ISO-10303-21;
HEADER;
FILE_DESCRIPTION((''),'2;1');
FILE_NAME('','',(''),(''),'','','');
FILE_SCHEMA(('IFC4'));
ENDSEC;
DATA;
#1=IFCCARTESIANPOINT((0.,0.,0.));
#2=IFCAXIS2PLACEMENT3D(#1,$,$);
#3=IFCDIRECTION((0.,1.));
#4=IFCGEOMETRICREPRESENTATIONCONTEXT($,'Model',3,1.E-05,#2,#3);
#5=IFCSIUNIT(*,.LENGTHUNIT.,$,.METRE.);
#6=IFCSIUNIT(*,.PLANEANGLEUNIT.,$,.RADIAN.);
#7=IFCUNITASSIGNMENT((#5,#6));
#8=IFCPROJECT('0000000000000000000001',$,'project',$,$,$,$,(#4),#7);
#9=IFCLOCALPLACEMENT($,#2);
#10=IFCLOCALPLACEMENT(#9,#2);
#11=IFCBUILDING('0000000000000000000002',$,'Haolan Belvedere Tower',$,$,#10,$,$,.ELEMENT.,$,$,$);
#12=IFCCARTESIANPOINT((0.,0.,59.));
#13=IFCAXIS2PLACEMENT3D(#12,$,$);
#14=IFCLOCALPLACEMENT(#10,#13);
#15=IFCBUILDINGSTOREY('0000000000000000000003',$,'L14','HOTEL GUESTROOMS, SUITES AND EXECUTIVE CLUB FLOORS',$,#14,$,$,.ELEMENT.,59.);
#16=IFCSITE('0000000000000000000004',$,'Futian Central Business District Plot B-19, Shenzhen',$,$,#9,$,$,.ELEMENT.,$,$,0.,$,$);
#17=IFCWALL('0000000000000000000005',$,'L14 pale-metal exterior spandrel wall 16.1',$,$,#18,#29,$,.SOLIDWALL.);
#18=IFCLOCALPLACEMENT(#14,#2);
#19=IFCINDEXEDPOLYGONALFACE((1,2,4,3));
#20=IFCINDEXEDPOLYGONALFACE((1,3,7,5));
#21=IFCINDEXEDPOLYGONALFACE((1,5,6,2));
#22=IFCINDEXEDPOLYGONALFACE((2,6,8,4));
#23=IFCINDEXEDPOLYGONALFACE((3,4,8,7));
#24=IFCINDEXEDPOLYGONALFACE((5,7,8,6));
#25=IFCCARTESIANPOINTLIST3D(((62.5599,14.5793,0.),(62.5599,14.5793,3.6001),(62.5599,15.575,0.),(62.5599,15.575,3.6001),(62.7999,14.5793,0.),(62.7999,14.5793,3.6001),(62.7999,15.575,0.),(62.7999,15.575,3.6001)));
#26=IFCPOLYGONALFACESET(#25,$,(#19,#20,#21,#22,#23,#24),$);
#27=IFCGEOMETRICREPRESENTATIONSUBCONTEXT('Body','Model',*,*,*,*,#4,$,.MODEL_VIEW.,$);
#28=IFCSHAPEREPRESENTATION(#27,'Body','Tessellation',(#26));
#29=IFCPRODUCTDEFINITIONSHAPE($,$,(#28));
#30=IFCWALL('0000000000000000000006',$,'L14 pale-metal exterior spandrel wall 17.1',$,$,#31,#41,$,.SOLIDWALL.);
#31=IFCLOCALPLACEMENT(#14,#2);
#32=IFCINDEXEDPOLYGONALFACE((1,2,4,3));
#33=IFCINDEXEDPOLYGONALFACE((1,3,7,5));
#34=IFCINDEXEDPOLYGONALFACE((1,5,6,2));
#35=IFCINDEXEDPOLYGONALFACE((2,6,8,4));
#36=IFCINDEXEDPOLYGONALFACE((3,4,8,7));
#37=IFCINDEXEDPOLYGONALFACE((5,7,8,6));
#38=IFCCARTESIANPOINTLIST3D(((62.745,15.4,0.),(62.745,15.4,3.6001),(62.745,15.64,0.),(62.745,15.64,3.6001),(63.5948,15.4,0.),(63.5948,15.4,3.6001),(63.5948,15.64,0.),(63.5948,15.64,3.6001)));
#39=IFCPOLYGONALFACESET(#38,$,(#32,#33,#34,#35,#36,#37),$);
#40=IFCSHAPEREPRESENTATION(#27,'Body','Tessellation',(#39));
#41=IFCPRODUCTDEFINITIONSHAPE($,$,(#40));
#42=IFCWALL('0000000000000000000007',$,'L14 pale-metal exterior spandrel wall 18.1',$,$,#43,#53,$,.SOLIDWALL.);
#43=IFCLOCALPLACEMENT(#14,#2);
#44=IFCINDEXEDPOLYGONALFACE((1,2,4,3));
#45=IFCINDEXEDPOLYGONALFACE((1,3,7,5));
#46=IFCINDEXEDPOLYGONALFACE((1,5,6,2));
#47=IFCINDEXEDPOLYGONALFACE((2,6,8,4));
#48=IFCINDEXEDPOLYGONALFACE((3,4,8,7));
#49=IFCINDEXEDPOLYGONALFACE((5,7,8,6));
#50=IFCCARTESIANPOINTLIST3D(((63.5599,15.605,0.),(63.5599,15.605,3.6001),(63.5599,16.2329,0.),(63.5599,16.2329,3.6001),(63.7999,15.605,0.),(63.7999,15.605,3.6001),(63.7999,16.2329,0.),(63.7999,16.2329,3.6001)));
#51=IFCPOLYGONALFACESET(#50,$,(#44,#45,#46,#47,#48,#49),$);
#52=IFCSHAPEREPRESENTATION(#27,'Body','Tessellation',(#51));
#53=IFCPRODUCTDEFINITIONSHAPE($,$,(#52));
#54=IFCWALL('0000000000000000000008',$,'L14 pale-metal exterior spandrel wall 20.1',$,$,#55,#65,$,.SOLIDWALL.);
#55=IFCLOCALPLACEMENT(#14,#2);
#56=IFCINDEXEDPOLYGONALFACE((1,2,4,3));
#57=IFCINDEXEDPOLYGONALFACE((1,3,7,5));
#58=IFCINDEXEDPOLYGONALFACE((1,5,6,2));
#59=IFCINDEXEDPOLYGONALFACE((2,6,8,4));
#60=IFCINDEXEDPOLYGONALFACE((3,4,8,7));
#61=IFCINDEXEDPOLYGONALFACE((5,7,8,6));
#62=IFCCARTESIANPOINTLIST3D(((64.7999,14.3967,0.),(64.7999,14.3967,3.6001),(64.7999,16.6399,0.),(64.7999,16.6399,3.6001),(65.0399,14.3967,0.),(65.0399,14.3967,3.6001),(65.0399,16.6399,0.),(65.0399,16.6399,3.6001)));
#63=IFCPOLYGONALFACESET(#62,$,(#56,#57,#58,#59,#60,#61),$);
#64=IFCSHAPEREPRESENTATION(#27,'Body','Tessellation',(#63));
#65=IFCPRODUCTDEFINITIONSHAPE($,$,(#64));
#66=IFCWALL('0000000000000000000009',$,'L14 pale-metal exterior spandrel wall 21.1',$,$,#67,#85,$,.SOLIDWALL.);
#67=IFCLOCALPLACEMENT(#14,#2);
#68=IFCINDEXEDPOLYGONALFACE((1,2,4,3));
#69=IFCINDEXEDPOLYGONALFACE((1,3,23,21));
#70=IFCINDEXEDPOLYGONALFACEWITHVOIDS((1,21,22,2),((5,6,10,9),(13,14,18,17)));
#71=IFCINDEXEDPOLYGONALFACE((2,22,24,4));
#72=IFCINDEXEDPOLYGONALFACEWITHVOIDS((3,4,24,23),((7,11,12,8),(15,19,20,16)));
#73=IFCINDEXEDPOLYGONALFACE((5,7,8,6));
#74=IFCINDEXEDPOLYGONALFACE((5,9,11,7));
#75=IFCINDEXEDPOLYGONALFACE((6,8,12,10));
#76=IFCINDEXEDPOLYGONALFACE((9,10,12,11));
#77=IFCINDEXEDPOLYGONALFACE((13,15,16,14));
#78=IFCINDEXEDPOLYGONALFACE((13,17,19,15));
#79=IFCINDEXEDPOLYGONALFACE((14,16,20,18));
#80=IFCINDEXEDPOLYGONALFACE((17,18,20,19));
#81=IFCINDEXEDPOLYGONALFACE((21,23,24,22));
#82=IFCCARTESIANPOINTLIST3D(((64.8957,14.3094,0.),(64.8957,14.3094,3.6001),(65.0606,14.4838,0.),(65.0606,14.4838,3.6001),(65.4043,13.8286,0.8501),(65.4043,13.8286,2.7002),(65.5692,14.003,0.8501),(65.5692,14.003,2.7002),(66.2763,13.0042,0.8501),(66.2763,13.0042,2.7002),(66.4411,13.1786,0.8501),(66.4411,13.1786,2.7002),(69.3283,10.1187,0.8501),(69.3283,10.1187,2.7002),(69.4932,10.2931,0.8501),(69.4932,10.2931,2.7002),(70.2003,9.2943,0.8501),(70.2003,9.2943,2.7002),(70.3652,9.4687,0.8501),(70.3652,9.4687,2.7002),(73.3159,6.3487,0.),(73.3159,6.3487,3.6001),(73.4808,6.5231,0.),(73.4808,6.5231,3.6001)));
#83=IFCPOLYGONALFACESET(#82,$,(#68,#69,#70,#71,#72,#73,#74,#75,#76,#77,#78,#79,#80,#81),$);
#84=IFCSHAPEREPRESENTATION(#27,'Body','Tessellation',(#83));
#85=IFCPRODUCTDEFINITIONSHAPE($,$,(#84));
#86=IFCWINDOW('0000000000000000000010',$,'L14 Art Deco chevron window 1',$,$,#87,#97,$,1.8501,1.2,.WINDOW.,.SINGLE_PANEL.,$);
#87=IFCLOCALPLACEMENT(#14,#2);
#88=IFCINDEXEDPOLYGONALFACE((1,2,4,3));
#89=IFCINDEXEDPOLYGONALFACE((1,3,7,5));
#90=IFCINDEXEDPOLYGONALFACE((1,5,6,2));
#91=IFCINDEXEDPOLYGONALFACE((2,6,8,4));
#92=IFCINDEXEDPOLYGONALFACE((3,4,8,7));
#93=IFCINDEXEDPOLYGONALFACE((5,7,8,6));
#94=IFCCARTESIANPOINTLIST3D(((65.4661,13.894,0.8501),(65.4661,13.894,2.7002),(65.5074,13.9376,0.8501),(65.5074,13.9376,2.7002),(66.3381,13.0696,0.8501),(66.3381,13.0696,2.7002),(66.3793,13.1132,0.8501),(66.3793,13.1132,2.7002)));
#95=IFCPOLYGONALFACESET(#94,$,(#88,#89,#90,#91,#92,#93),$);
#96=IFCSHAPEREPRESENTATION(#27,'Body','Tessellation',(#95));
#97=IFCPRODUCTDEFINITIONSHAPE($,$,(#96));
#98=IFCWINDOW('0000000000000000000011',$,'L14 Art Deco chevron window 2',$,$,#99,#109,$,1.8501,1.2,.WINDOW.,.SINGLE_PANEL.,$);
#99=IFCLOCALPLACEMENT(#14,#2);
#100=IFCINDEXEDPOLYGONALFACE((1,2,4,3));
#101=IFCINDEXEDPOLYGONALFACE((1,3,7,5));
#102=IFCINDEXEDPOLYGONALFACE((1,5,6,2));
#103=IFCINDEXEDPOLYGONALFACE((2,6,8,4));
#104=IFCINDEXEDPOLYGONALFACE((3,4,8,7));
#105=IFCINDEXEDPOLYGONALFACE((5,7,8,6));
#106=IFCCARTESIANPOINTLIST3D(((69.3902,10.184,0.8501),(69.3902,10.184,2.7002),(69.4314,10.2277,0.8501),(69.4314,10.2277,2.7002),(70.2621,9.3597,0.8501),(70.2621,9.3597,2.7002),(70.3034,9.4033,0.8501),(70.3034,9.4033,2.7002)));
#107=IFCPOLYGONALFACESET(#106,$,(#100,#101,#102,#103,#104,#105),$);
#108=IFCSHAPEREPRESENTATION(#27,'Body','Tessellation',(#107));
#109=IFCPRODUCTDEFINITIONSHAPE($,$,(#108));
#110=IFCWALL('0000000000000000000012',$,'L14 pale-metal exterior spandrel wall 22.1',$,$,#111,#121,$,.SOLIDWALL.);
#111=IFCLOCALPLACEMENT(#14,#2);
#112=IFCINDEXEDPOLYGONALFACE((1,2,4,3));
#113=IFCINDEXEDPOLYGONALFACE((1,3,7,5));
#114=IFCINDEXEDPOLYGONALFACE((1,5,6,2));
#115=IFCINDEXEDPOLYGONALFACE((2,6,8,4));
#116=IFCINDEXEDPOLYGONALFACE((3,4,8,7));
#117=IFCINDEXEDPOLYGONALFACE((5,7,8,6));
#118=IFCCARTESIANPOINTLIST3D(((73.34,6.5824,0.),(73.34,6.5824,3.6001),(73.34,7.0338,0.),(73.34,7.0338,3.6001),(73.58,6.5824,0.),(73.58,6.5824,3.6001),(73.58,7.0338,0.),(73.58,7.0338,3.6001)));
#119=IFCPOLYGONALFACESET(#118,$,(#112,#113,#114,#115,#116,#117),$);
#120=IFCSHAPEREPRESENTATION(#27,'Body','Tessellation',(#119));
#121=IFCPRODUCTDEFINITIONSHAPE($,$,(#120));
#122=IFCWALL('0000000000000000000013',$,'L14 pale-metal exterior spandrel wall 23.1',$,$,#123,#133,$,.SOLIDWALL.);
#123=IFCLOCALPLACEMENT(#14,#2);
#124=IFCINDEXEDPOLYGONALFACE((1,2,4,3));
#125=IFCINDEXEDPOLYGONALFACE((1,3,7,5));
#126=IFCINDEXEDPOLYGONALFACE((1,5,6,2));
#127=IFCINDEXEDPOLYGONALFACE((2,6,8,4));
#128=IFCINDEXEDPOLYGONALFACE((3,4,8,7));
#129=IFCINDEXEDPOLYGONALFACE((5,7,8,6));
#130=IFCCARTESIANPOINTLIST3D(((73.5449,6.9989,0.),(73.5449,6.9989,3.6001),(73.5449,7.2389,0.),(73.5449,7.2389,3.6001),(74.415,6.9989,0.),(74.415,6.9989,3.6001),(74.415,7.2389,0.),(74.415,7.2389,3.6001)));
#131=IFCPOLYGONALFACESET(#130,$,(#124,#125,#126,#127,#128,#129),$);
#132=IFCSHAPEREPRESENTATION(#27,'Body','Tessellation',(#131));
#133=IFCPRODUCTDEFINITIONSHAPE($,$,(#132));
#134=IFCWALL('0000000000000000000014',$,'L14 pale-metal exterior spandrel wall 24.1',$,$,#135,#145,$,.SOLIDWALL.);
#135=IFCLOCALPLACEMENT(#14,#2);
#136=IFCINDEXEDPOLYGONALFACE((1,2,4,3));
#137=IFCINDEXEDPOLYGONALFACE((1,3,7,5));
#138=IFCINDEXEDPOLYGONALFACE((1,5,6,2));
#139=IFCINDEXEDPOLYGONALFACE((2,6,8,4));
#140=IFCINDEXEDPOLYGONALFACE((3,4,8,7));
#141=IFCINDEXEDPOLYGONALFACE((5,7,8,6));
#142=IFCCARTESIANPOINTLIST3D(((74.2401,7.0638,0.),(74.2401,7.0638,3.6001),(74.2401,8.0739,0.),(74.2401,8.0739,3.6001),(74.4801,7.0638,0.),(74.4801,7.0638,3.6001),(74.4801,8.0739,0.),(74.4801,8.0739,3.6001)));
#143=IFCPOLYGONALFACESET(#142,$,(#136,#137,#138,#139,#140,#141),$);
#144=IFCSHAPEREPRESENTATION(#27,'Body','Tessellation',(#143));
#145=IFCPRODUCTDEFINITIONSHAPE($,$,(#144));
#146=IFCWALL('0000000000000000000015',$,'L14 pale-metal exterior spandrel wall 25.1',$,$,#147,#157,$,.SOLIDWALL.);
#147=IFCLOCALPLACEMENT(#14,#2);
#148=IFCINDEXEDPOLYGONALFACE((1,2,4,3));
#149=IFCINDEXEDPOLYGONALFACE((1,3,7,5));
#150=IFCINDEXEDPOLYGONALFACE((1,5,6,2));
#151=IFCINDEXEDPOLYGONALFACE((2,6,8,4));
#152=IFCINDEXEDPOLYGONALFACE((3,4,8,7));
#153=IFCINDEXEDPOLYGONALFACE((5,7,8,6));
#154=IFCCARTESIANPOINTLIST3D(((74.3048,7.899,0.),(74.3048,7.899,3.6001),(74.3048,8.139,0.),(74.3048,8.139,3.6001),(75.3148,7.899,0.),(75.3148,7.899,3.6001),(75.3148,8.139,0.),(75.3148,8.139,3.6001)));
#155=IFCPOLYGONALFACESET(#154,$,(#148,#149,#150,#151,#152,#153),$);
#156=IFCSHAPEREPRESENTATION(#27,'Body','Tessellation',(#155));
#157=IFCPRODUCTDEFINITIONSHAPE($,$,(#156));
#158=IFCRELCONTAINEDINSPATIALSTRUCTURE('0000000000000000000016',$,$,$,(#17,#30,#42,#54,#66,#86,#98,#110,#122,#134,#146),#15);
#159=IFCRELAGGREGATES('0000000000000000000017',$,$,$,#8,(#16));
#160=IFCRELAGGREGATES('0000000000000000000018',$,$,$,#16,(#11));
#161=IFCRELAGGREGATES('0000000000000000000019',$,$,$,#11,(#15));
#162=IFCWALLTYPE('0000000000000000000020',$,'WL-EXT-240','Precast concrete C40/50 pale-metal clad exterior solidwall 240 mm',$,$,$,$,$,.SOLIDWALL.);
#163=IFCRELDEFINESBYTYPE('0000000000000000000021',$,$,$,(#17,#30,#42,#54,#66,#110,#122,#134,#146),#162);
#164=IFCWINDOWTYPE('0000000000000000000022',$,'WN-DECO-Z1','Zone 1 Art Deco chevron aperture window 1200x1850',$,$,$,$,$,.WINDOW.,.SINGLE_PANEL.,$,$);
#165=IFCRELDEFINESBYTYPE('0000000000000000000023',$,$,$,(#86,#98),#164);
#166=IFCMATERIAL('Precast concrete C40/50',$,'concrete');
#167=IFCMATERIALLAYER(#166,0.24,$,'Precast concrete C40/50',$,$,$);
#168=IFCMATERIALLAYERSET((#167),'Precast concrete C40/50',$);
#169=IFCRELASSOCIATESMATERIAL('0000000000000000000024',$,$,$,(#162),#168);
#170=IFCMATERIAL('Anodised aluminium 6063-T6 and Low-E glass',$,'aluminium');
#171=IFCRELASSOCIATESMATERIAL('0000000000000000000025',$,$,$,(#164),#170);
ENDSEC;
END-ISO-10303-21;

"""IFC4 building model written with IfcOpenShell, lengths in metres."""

from ifc_helpers import new_model, si_unit, direction, frame, frame_2d, origin, place, context, subcontext, project, spatial, rectangle, extrude, material, layer, layer_set, type_object, element, fill, save


model = new_model("IFC4")

# Units and contexts
model_context = context("Model", 3, precision=1e-05, world=origin(), true_north=direction((0.0, 1.0)))
body_context = subcontext(model_context, "Body", "Model", "MODEL_VIEW")
ifc_project = project(units=[si_unit("LENGTHUNIT", "METRE"), si_unit("PLANEANGLEUNIT", "RADIAN")], contexts=[model_context])

# Site, building, storey
site_placement = place(None, origin())
site = spatial("IfcSite", under=ifc_project, at=site_placement, Name="Futian Central Business District Plot B-19, Shenzhen", CompositionType="ELEMENT", RefElevation=0.0)
building_placement = place(site_placement, origin())
building = spatial("IfcBuilding", under=site, at=building_placement, Name="Haolan Belvedere Tower", CompositionType="ELEMENT")
storey_placement = place(building_placement, frame((0.0, 0.0, 59.0)))
storey = spatial("IfcBuildingStorey", under=building, at=storey_placement, Name="L14", Description="HOTEL GUESTROOMS, SUITES AND EXECUTIVE CLUB FLOORS", CompositionType="ELEMENT", Elevation=59.0)

# Walls
ifc_material_1 = material(Name="Precast concrete C40/50", Category="concrete")
ifc_layer_1 = layer(ifc_material_1, 0.24, Name="Precast concrete C40/50")
ifc_layer_set_1 = layer_set([ifc_layer_1], Name="Precast concrete C40/50")
wall_type_1 = type_object("IfcWallType", Name="WL-EXT-240", Description="Precast concrete C40/50 pale-metal clad exterior solidwall 240 mm", PredefinedType="SOLIDWALL", material=ifc_layer_set_1)
wall_1_placement = place(storey_placement, frame((62.6799, 14.5793, 0.0), z_axis=(0.0, 0.0, 1.0), x_axis=(0.0, 1.0, 0.0)))
element("IfcWall", 1, at=wall_1_placement, inside=storey, type_object=wall_type_1, Name="L14 pale-metal exterior spandrel wall 16.1", PredefinedType="SOLIDWALL", context=body_context, shape_type="SweptSolid", body=[
    extrude(rectangle(XDim=0.9956, YDim=0.24, at=frame_2d((0.4978, 0.0))), origin(), (0.0, 0.0, 1.0), 3.6001),
])
wall_2_placement = place(storey_placement, frame((62.7451, 15.52, 0.0), z_axis=(0.0, 0.0, 1.0), x_axis=(1.0, 0.0, 0.0)))
element("IfcWall", 2, at=wall_2_placement, inside=storey, type_object=wall_type_1, Name="L14 pale-metal exterior spandrel wall 17.1", PredefinedType="SOLIDWALL", context=body_context, shape_type="SweptSolid", body=[
    extrude(rectangle(XDim=0.8499, YDim=0.24, at=frame_2d((0.4248, 0.0))), origin(), (0.0, 0.0, 1.0), 3.6001),
])
wall_3_placement = place(storey_placement, frame((63.6799, 15.605, 0.0), z_axis=(0.0, 0.0, 1.0), x_axis=(0.0, 1.0, 0.0)))
element("IfcWall", 3, at=wall_3_placement, inside=storey, type_object=wall_type_1, Name="L14 pale-metal exterior spandrel wall 18.1", PredefinedType="SOLIDWALL", context=body_context, shape_type="SweptSolid", body=[
    extrude(rectangle(XDim=0.6279, YDim=0.24, at=frame_2d((0.314, 0.0))), origin(), (0.0, 0.0, 1.0), 3.6001),
])
wall_4_placement = place(storey_placement, frame((64.9199, 16.6399, 0.0), z_axis=(0.0, 0.0, 1.0), x_axis=(0.0, -1.0, 0.0)))
element("IfcWall", 4, at=wall_4_placement, inside=storey, type_object=wall_type_1, Name="L14 pale-metal exterior spandrel wall 20.1", PredefinedType="SOLIDWALL", context=body_context, shape_type="SweptSolid", body=[
    extrude(rectangle(XDim=2.2432, YDim=0.24, at=frame_2d((1.1216, 0.0))), origin(), (0.0, 0.0, 1.0), 3.6001),
])

# Wall, openings, windows
wall_5_placement = place(storey_placement, frame((64.978, 14.3967, 0.0), z_axis=(0.0, 0.0, 1.0), x_axis=(0.726655, -0.687003, 0.0)))
wall_5 = element("IfcWall", 5, at=wall_5_placement, inside=storey, type_object=wall_type_1, Name="L14 pale-metal exterior spandrel wall 21.1", PredefinedType="SOLIDWALL", context=body_context, shape_type="SweptSolid", body=[
    extrude(rectangle(XDim=11.5876, YDim=0.24, at=frame_2d((5.7939, 0.0))), origin(), (0.0, 0.0, 1.0), 3.6001),
])
opening_1_placement = place(wall_5_placement, frame((0.7, 0.0, 0.8501)))
opening_1 = element("IfcOpeningElement", 6, at=opening_1_placement, cuts=wall_5, PredefinedType="OPENING", context=body_context, shape_type="SweptSolid", body=[
    extrude(rectangle(XDim=1.2, YDim=1.8501, at=frame_2d((0.6001, 0.925))), frame((0.0, 0.1299, 0.0), z_axis=(0.0, -1.0, 0.0), x_axis=(1.0, 0.0, 0.0)), (0.0, 0.0, 1.0), 0.26),
])
opening_2_placement = place(wall_5_placement, frame((6.1001, 0.0, 0.8501)))
opening_2 = element("IfcOpeningElement", 7, at=opening_2_placement, cuts=wall_5, PredefinedType="OPENING", context=body_context, shape_type="SweptSolid", body=[
    extrude(rectangle(XDim=1.2, YDim=1.8501, at=frame_2d((0.6001, 0.925))), frame((0.0, 0.1299, 0.0), z_axis=(0.0, -1.0, 0.0), x_axis=(1.0, 0.0, 0.0)), (0.0, 0.0, 1.0), 0.26),
])
ifc_material_2 = material(Name="Anodised aluminium 6063-T6 and Low-E glass", Category="aluminium")
window_type = type_object("IfcWindowType", Name="WN-DECO-Z1", Description="Zone 1 Art Deco chevron aperture window 1200x1850", PartitioningType="SINGLE_PANEL", PredefinedType="WINDOW", material=ifc_material_2)
window_1_placement = place(opening_1_placement, origin())
window_1 = element("IfcWindow", 8, at=window_1_placement, inside=storey, type_object=window_type, Name="L14 Art Deco chevron window 1", OverallHeight=1.8501, OverallWidth=1.2, PartitioningType="SINGLE_PANEL", PredefinedType="WINDOW", context=body_context, shape_type="SweptSolid", body=[
    extrude(rectangle(XDim=1.2, YDim=1.8501, at=frame_2d((0.6001, 0.925))), frame((0.0, 0.03, 0.0), z_axis=(0.0, -1.0, 0.0), x_axis=(1.0, 0.0, 0.0)), (0.0, 0.0, 1.0), 0.0601),
])
fill(opening_1, window_1)
window_2_placement = place(opening_2_placement, origin())
window_2 = element("IfcWindow", 9, at=window_2_placement, inside=storey, type_object=window_type, Name="L14 Art Deco chevron window 2", OverallHeight=1.8501, OverallWidth=1.2, PartitioningType="SINGLE_PANEL", PredefinedType="WINDOW", context=body_context, shape_type="SweptSolid", body=[
    extrude(rectangle(XDim=1.2, YDim=1.8501, at=frame_2d((0.6001, 0.925))), frame((0.0, 0.03, 0.0), z_axis=(0.0, -1.0, 0.0), x_axis=(1.0, 0.0, 0.0)), (0.0, 0.0, 1.0), 0.0601),
])
fill(opening_2, window_2)

# Walls
wall_6_placement = place(storey_placement, frame((73.46, 6.5825, 0.0), z_axis=(0.0, 0.0, 1.0), x_axis=(0.0, 1.0, 0.0)))
element("IfcWall", 10, at=wall_6_placement, inside=storey, type_object=wall_type_1, Name="L14 pale-metal exterior spandrel wall 22.1", PredefinedType="SOLIDWALL", context=body_context, shape_type="SweptSolid", body=[
    extrude(rectangle(XDim=0.4514, YDim=0.24, at=frame_2d((0.2256, 0.0))), origin(), (0.0, 0.0, 1.0), 3.6001),
])
wall_7_placement = place(storey_placement, frame((73.5449, 7.1189, 0.0), z_axis=(0.0, 0.0, 1.0), x_axis=(1.0, 0.0, 0.0)))
element("IfcWall", 11, at=wall_7_placement, inside=storey, type_object=wall_type_1, Name="L14 pale-metal exterior spandrel wall 23.1", PredefinedType="SOLIDWALL", context=body_context, shape_type="SweptSolid", body=[
    extrude(rectangle(XDim=0.8701, YDim=0.24, at=frame_2d((0.4351, 0.0))), origin(), (0.0, 0.0, 1.0), 3.6001),
])
for number, where, z_axis, x_axis, name in (
    (12, (74.3601, 7.064, 0.0), (0.0, 0.0, 1.0), (0.0, 1.0, 0.0), "L14 pale-metal exterior spandrel wall 24.1"),
    (13, (74.3049, 8.019, 0.0), (0.0, 0.0, 1.0), (1.0, 0.0, 0.0), "L14 pale-metal exterior spandrel wall 25.1"),
):
    element("IfcWall", number, at=place(storey_placement, frame(where, z_axis=z_axis, x_axis=x_axis)), inside=storey, type_object=wall_type_1, Name=name, PredefinedType="SOLIDWALL", context=body_context, shape_type="SweptSolid", body=[
        extrude(rectangle(XDim=1.01, YDim=0.24, at=frame_2d((0.5049, 0.0))), origin(), (0.0, 0.0, 1.0), 3.6001),
    ])

save(model, "model.ifc")
